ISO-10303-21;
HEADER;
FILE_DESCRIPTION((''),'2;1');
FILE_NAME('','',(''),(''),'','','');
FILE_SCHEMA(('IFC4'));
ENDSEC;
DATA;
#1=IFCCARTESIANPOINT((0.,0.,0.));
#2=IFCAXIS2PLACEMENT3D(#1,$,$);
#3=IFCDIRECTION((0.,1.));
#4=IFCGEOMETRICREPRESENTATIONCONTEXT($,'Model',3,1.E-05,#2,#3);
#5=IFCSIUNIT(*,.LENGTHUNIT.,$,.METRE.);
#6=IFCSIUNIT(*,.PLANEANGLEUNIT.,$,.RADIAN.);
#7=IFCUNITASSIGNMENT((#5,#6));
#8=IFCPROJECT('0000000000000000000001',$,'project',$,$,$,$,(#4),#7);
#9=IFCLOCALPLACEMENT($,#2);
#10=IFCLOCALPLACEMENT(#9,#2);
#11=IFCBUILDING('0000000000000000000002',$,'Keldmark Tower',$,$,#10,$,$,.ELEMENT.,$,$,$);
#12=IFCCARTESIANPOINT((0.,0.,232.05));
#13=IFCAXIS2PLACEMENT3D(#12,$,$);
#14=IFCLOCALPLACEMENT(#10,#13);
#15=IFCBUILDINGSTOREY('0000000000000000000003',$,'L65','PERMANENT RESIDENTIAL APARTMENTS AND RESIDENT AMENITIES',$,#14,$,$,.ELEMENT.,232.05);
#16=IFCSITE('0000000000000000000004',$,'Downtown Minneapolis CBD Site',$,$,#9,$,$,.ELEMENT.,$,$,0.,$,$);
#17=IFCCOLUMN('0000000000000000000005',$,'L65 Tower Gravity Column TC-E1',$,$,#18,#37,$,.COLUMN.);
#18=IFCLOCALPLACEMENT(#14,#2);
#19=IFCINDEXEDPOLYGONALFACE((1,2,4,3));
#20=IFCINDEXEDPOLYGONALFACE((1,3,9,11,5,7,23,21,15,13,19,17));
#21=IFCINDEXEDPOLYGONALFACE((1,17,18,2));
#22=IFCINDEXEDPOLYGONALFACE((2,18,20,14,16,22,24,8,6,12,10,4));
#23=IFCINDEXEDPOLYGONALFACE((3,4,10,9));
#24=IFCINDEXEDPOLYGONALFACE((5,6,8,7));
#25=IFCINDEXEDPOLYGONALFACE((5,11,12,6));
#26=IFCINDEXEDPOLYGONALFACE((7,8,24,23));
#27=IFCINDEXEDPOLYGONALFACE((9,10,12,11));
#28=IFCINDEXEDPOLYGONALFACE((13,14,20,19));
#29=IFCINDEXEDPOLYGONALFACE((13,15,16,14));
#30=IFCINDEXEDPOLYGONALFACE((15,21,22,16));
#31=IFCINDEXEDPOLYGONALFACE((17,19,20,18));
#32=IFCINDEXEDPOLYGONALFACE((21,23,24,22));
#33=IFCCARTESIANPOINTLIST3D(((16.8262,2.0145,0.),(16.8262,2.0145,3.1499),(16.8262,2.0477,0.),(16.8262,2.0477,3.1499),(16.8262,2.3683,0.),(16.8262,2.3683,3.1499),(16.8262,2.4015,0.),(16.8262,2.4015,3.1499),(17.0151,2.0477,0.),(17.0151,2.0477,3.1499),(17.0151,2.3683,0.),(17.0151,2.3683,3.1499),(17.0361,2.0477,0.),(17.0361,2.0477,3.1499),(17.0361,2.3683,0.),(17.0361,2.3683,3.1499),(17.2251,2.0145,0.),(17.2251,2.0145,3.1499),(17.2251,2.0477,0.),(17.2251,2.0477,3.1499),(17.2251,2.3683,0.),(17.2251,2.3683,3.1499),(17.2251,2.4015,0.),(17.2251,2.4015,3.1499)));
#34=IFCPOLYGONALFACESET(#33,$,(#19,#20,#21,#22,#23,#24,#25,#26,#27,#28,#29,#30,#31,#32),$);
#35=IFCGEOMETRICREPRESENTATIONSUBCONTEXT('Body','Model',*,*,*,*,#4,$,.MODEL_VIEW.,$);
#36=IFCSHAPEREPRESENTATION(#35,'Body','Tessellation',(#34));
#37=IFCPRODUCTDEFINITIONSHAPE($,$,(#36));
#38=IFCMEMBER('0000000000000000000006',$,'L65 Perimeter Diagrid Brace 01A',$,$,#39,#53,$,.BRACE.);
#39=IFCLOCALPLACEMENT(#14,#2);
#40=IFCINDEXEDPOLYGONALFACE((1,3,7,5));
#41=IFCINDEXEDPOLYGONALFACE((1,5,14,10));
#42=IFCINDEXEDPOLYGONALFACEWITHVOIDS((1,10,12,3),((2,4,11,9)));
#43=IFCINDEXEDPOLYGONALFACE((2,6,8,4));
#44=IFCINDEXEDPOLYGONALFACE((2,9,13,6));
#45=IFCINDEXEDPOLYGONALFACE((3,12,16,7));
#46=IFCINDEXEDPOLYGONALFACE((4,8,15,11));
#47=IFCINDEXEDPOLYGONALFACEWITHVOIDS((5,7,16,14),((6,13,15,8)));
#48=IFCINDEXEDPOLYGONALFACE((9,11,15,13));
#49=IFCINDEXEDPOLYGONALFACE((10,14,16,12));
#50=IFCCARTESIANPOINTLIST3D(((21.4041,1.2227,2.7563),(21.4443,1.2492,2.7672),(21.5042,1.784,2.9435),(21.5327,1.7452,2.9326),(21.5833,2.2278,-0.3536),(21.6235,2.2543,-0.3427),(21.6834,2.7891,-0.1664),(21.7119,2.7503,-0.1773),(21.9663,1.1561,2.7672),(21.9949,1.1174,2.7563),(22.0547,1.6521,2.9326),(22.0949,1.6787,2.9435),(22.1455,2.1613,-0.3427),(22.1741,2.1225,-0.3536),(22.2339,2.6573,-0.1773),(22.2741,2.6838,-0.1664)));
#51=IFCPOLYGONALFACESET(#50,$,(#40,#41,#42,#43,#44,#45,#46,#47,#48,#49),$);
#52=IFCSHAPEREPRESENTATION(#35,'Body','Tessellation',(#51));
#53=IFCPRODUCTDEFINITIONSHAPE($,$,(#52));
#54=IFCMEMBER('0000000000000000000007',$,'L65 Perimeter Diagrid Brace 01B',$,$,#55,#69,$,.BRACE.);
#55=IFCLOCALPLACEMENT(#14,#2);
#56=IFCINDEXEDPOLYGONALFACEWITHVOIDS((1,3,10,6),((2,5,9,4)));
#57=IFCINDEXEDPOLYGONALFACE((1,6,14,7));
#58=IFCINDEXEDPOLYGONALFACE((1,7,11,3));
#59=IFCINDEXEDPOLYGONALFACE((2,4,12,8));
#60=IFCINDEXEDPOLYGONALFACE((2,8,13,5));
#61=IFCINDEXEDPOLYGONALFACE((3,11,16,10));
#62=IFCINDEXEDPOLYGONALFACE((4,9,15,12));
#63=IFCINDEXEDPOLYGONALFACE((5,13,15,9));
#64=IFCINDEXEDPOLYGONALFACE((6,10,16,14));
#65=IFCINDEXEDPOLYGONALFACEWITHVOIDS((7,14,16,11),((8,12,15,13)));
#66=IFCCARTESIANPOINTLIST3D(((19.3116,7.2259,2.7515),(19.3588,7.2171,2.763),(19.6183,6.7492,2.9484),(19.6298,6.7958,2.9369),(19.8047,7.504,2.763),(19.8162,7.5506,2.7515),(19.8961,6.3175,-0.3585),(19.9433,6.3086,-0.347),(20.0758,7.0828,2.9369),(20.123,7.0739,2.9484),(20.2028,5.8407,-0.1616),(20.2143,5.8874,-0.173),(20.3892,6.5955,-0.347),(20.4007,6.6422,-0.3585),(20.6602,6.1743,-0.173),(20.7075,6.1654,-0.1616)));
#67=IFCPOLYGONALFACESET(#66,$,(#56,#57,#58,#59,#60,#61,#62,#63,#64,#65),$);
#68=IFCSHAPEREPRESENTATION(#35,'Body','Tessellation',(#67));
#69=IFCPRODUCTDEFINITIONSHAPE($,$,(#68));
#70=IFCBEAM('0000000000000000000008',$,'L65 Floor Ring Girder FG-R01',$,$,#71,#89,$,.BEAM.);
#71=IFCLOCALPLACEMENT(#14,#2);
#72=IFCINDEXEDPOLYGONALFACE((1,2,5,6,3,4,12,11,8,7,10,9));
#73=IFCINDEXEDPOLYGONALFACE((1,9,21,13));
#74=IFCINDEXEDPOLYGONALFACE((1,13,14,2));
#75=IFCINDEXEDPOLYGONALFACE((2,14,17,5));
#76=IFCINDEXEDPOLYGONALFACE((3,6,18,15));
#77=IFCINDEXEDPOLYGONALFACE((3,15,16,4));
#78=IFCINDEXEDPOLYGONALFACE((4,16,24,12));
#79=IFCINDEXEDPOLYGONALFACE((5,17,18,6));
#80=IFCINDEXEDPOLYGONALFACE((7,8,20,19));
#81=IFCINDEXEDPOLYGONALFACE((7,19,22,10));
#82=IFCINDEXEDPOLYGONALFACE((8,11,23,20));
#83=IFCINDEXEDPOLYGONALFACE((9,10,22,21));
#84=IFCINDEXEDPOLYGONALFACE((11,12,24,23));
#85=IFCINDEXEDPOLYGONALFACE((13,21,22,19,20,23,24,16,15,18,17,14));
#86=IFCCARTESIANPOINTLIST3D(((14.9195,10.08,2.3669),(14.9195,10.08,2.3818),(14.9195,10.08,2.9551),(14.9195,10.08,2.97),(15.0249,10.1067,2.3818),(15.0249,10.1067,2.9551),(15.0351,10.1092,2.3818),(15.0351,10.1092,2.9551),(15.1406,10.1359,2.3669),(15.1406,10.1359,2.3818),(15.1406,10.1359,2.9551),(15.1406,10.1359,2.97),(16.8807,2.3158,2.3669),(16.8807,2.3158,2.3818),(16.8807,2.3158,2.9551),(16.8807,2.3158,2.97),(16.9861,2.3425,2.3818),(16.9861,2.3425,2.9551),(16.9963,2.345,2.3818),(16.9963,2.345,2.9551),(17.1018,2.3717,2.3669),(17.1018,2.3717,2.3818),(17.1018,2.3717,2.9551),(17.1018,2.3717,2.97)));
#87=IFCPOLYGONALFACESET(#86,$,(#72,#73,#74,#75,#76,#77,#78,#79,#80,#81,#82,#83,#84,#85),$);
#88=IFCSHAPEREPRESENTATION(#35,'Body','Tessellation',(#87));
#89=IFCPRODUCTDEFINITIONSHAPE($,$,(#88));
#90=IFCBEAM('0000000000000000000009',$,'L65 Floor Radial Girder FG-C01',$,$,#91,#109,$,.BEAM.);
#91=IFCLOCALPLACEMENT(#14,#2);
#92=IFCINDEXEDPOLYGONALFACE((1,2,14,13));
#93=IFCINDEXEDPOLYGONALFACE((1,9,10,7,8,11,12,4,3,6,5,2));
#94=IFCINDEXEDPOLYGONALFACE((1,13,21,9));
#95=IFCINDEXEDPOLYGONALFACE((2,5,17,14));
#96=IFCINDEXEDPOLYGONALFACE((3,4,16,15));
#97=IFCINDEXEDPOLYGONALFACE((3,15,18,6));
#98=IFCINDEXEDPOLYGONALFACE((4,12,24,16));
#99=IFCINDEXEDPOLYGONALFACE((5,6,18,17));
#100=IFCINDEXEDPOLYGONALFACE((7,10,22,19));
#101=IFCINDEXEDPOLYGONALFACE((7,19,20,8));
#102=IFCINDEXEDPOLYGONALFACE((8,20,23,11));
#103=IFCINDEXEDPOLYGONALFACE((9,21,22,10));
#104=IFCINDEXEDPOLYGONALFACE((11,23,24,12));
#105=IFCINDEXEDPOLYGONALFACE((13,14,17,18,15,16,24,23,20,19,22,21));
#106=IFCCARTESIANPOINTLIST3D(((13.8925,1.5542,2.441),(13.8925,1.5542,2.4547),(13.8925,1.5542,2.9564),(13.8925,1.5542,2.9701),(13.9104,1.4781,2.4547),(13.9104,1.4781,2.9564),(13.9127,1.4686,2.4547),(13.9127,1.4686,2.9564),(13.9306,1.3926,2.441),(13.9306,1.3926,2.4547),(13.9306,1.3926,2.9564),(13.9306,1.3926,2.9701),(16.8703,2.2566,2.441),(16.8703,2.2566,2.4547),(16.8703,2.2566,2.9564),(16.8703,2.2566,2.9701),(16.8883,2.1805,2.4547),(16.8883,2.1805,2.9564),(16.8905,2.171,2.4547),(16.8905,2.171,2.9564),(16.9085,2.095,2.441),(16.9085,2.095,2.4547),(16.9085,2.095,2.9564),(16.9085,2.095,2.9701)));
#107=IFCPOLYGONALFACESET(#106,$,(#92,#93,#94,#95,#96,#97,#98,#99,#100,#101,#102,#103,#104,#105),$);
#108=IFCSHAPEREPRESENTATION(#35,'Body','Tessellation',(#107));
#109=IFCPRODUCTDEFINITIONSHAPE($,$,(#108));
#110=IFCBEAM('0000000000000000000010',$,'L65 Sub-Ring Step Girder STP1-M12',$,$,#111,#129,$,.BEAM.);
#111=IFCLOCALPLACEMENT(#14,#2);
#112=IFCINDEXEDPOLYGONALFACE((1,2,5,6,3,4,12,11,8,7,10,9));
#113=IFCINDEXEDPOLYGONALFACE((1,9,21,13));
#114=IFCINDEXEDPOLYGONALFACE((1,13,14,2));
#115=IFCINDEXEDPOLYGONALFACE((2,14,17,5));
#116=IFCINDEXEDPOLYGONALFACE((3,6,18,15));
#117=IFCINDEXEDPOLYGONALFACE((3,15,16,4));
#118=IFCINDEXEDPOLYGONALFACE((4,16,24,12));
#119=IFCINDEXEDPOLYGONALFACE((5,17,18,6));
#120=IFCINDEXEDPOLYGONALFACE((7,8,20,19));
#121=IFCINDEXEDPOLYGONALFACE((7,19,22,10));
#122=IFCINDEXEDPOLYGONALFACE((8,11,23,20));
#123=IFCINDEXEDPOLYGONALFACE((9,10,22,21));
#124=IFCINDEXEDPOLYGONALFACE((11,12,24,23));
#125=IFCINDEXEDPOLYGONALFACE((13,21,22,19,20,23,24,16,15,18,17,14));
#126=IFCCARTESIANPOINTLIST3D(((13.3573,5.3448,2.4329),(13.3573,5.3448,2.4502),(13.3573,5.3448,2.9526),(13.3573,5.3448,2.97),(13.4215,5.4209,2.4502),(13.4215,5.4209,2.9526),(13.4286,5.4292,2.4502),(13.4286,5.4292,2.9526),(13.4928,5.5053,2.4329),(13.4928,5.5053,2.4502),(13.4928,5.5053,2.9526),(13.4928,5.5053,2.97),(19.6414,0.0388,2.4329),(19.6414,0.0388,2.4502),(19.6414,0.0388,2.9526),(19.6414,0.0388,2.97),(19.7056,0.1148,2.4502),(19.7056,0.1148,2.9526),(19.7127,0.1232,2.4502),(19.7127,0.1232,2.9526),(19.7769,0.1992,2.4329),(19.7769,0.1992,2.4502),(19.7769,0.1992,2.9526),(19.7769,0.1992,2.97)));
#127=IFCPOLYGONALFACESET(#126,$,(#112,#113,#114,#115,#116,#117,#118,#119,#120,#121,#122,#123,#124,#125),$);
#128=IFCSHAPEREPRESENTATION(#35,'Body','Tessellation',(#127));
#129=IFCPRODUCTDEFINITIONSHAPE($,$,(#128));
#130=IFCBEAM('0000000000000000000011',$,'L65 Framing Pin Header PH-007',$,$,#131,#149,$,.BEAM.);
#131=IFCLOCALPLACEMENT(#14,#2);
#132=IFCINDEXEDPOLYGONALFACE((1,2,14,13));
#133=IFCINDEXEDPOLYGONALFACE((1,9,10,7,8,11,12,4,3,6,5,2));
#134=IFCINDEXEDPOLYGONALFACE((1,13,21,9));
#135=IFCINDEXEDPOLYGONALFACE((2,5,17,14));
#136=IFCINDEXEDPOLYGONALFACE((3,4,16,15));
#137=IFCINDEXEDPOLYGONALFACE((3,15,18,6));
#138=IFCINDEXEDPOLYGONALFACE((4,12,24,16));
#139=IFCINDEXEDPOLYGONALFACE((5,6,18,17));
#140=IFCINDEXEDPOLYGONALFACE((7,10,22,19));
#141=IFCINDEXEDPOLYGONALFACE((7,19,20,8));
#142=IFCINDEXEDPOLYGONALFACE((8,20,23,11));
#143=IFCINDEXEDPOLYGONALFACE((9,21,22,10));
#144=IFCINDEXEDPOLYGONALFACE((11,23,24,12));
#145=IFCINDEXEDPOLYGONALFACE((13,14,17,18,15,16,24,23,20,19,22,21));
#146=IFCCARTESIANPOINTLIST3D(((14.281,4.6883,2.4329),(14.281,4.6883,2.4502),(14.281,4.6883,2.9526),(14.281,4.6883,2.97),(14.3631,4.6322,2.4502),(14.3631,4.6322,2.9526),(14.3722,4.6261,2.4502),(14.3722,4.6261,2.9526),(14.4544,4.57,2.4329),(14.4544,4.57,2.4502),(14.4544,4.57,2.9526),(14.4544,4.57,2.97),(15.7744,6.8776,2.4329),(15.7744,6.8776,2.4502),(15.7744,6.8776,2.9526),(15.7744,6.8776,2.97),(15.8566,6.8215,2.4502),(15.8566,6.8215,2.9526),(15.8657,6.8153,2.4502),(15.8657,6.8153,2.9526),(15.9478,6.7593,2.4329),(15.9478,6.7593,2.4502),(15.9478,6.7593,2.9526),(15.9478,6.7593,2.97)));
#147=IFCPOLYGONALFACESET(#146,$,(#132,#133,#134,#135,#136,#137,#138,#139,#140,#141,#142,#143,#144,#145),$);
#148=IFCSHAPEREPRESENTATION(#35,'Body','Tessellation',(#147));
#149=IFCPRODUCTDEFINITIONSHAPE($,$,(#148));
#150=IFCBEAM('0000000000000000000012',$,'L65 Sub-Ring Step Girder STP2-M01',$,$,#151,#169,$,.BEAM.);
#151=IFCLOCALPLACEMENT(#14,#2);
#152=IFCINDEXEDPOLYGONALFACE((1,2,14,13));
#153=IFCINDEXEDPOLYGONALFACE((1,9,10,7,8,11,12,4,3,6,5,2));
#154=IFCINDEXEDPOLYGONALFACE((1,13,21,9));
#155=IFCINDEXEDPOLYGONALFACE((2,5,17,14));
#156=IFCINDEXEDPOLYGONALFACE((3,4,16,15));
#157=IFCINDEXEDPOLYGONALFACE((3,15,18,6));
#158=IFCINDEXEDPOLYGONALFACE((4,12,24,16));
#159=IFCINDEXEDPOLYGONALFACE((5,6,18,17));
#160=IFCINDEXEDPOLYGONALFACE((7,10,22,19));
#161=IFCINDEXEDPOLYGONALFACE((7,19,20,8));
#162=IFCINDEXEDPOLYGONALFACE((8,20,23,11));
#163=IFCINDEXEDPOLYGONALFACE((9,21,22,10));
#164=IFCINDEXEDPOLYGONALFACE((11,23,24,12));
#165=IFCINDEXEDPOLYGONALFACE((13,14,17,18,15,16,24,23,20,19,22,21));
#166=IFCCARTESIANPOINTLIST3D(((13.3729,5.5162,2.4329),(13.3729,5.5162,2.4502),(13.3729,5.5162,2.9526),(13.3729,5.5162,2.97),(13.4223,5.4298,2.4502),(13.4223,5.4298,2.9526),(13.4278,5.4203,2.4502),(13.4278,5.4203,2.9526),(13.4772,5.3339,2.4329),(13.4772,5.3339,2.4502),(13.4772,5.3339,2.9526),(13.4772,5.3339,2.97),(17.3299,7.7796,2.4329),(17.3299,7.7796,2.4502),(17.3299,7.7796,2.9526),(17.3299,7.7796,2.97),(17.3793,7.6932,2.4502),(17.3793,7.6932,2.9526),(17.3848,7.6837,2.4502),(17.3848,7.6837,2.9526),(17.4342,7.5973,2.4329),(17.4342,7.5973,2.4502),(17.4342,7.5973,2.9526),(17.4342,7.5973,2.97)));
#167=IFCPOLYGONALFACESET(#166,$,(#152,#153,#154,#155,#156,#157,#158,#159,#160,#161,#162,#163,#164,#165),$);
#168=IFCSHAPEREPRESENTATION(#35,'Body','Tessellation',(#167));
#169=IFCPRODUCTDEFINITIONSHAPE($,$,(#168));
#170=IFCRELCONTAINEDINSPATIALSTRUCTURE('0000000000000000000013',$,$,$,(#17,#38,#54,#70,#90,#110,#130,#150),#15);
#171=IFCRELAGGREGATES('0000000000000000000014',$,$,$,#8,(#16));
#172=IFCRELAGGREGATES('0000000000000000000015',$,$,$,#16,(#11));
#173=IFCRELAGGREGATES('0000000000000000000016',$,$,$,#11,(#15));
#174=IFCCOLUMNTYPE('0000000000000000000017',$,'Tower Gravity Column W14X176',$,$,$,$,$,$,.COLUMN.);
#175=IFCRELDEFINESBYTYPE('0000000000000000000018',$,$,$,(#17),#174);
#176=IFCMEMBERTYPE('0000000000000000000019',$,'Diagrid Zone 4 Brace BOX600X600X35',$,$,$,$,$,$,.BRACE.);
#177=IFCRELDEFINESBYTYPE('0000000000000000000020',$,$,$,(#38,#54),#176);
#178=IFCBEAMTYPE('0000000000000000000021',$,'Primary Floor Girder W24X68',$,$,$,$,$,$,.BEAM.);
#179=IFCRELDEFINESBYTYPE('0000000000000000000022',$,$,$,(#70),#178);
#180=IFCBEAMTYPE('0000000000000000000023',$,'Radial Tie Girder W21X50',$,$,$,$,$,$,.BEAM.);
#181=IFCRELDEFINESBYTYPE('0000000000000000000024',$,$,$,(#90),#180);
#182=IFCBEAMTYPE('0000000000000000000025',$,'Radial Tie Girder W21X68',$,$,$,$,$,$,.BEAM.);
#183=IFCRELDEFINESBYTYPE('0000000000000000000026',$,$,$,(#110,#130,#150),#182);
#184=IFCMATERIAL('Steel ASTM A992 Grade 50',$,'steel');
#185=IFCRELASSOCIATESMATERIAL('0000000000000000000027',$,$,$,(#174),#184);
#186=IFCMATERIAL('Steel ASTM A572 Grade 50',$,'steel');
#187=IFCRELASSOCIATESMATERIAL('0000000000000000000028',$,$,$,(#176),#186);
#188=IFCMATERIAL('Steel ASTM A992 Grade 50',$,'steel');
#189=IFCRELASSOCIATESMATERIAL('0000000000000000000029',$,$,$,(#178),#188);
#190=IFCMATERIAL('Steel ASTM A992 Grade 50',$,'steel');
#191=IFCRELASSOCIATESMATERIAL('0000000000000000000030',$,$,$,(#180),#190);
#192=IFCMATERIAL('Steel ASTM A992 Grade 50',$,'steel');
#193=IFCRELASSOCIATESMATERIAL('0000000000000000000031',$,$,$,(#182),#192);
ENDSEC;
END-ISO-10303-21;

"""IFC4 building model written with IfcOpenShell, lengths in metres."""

from ifc_helpers import new_model, si_unit, direction, frame, origin, origin_2d, place, context, subcontext, project, spatial, hollow_rectangle, i_section, extrude, material, material_profile, profile_set, type_object, element, save


model = new_model("IFC4")

# Units and contexts
model_context = context("Model", 3, precision=1e-05, world=origin(), true_north=direction((0.0, 1.0)))
body_context = subcontext(model_context, "Body", "Model", "MODEL_VIEW")
ifc_project = project(units=[si_unit("LENGTHUNIT", "METRE"), si_unit("PLANEANGLEUNIT", "RADIAN")], contexts=[model_context])

# Site, building, storey
site_placement = place(None, origin())
site = spatial("IfcSite", under=ifc_project, at=site_placement, Name="Downtown Minneapolis CBD Site", CompositionType="ELEMENT", RefElevation=0.0)
building_placement = place(site_placement, origin())
building = spatial("IfcBuilding", under=site, at=building_placement, Name="Keldmark Tower", CompositionType="ELEMENT")
storey_placement = place(building_placement, frame((0.0, 0.0, 232.05)))
storey = spatial("IfcBuildingStorey", under=building, at=storey_placement, Name="L65", Description="PERMANENT RESIDENTIAL APARTMENTS AND RESIDENT AMENITIES", CompositionType="ELEMENT", Elevation=232.05)

# Column
ifc_material_1 = material(Name="Steel ASTM A992 Grade 50", Category="steel")
ifc_material_profile_1 = material_profile(ifc_material_1, i_section(OverallWidth=0.3989, OverallDepth=0.387, WebThickness=0.021, FlangeThickness=0.0332, at=origin_2d()), Name="W14X176")
ifc_profile_set_1 = profile_set([ifc_material_profile_1], Name="Steel ASTM A992 Grade 50")
column_type = type_object("IfcColumnType", Name="Tower Gravity Column W14X176", PredefinedType="COLUMN", material=ifc_profile_set_1)
column_placement = place(storey_placement, frame((17.0256, 2.208, 0.0), z_axis=(0.0, 0.0, 1.0), x_axis=(1.0, 0.0, 0.0)))
element("IfcColumn", 1, at=column_placement, inside=storey, type_object=column_type, Name="L65 Tower Gravity Column TC-E1", PredefinedType="COLUMN", context=body_context, shape_type="SweptSolid", body=[
    extrude(i_section(OverallWidth=0.3989, OverallDepth=0.387, WebThickness=0.021, FlangeThickness=0.0332, at=origin_2d()), origin(), (0.0, 0.0, 1.0), 3.1499),
])

# Members
ifc_material_2 = material(Name="Steel ASTM A572 Grade 50", Category="steel")
ifc_material_profile_2 = material_profile(ifc_material_2, hollow_rectangle(XDim=0.6001, YDim=0.6001, WallThickness=0.0349, at=origin_2d()), Name="BOX600X600X35")
ifc_profile_set_2 = profile_set([ifc_material_profile_2], Name="Steel ASTM A572 Grade 50")
member_type = type_object("IfcMemberType", Name="Diagrid Zone 4 Brace BOX600X600X35", PredefinedType="BRACE", material=ifc_profile_set_2)
member_1_placement = place(storey_placement, frame((21.9287, 2.4558, -0.26), z_axis=(-0.054748, -0.307081, 0.950107), x_axis=(0.984476, -0.175518, 0.0)))
element("IfcMember", 2, at=member_1_placement, inside=storey, type_object=member_type, Name="L65 Perimeter Diagrid Brace 01A", PredefinedType="BRACE", context=body_context, shape_type="SweptSolid", body=[
    extrude(hollow_rectangle(XDim=0.6001, YDim=0.6001, WallThickness=0.0349, at=origin_2d()), origin(), (0.0, 0.0, 1.0), 3.2732),
])
member_2_placement = place(storey_placement, frame((20.3018, 6.2415, -0.26), z_axis=(-0.177536, 0.275945, 0.944635), x_axis=(-0.84098, -0.541066, 0.0)))
element("IfcMember", 3, at=member_2_placement, inside=storey, type_object=member_type, Name="L65 Perimeter Diagrid Brace 01B", PredefinedType="BRACE", context=body_context, shape_type="SweptSolid", body=[
    extrude(hollow_rectangle(XDim=0.6001, YDim=0.6001, WallThickness=0.0349, at=origin_2d()), origin(), (0.0, 0.0, 1.0), 3.2922),
])

# Beams
ifc_material_3 = material(Name="Steel ASTM A992 Grade 50", Category="steel")
ifc_material_profile_3 = material_profile(ifc_material_3, i_section(OverallWidth=0.228, OverallDepth=0.603, WebThickness=0.0105, FlangeThickness=0.0149, at=origin_2d()), Name="W24X68")
ifc_profile_set_3 = profile_set([ifc_material_profile_3], Name="Steel ASTM A992 Grade 50")
beam_type_1 = type_object("IfcBeamType", Name="Primary Floor Girder W24X68", PredefinedType="BEAM", material=ifc_profile_set_3)
beam_1_placement = place(storey_placement, frame((16.9912, 2.3438, 2.6685), z_axis=(-0.244902, 0.969548, 0.0), x_axis=(-0.969548, -0.244902, 0.0)))
element("IfcBeam", 4, at=beam_1_placement, inside=storey, type_object=beam_type_1, Name="L65 Floor Ring Girder FG-R01", PredefinedType="BEAM", context=body_context, shape_type="SweptSolid", body=[
    extrude(i_section(OverallWidth=0.228, OverallDepth=0.603, WebThickness=0.0105, FlangeThickness=0.0149, at=origin_2d()), origin(), (0.0, 0.0, 1.0), 8.0081),
])
ifc_material_4 = material(Name="Steel ASTM A992 Grade 50", Category="steel")
ifc_material_profile_4 = material_profile(ifc_material_4, i_section(OverallWidth=0.166, OverallDepth=0.5291, WebThickness=0.0098, FlangeThickness=0.0137, at=origin_2d()), Name="W21X50")
ifc_profile_set_4 = profile_set([ifc_material_profile_4], Name="Steel ASTM A992 Grade 50")
beam_type_2 = type_object("IfcBeamType", Name="Radial Tie Girder W21X50", PredefinedType="BEAM", material=ifc_profile_set_4)
beam_2_placement = place(storey_placement, frame((16.8894, 2.1758, 2.7056), z_axis=(-0.97329, -0.229577, 0.0), x_axis=(0.229577, -0.97329, 0.0)))
element("IfcBeam", 5, at=beam_2_placement, inside=storey, type_object=beam_type_2, Name="L65 Floor Radial Girder FG-C01", PredefinedType="BEAM", context=body_context, shape_type="SweptSolid", body=[
    extrude(i_section(OverallWidth=0.166, OverallDepth=0.5291, WebThickness=0.0098, FlangeThickness=0.0137, at=origin_2d()), origin(), (0.0, 0.0, 1.0), 3.0596),
])
ifc_material_5 = material(Name="Steel ASTM A992 Grade 50", Category="steel")
ifc_material_profile_5 = material_profile(ifc_material_5, i_section(OverallWidth=0.21, OverallDepth=0.5371, WebThickness=0.011, FlangeThickness=0.0173, at=origin_2d()), Name="W21X68")
ifc_profile_set_5 = profile_set([ifc_material_profile_5], Name="Steel ASTM A992 Grade 50")
beam_type_3 = type_object("IfcBeamType", Name="Radial Tie Girder W21X68", PredefinedType="BEAM", material=ifc_profile_set_5)
beam_3_placement = place(storey_placement, frame((13.425, 5.425, 2.7014), z_axis=(0.764059, -0.645146, 0.0), x_axis=(0.645146, 0.764059, 0.0)))
element("IfcBeam", 6, at=beam_3_placement, inside=storey, type_object=beam_type_3, Name="L65 Sub-Ring Step Girder STP1-M12", PredefinedType="BEAM", context=body_context, shape_type="SweptSolid", body=[
    extrude(i_section(OverallWidth=0.21, OverallDepth=0.5371, WebThickness=0.011, FlangeThickness=0.0173, at=origin_2d()), origin(), (0.0, 0.0, 1.0), 8.2246),
])
beam_4_placement = place(storey_placement, frame((14.3677, 4.6292, 2.7014), z_axis=(0.563534, 0.826093, 0.0), x_axis=(-0.826093, 0.563534, 0.0)))
element("IfcBeam", 7, at=beam_4_placement, inside=storey, type_object=beam_type_3, Name="L65 Framing Pin Header PH-007", PredefinedType="BEAM", context=body_context, shape_type="SweptSolid", body=[
    extrude(i_section(OverallWidth=0.21, OverallDepth=0.5371, WebThickness=0.011, FlangeThickness=0.0173, at=origin_2d()), origin(), (0.0, 0.0, 1.0), 2.6501),
])
beam_5_placement = place(storey_placement, frame((13.425, 5.425, 2.7014), z_axis=(0.868029, 0.496514, 0.0), x_axis=(-0.496514, 0.868029, 0.0)))
element("IfcBeam", 8, at=beam_5_placement, inside=storey, type_object=beam_type_3, Name="L65 Sub-Ring Step Girder STP2-M01", PredefinedType="BEAM", context=body_context, shape_type="SweptSolid", body=[
    extrude(i_section(OverallWidth=0.21, OverallDepth=0.5371, WebThickness=0.011, FlangeThickness=0.0173, at=origin_2d()), origin(), (0.0, 0.0, 1.0), 4.5586),
])

save(model, "model.ifc")
